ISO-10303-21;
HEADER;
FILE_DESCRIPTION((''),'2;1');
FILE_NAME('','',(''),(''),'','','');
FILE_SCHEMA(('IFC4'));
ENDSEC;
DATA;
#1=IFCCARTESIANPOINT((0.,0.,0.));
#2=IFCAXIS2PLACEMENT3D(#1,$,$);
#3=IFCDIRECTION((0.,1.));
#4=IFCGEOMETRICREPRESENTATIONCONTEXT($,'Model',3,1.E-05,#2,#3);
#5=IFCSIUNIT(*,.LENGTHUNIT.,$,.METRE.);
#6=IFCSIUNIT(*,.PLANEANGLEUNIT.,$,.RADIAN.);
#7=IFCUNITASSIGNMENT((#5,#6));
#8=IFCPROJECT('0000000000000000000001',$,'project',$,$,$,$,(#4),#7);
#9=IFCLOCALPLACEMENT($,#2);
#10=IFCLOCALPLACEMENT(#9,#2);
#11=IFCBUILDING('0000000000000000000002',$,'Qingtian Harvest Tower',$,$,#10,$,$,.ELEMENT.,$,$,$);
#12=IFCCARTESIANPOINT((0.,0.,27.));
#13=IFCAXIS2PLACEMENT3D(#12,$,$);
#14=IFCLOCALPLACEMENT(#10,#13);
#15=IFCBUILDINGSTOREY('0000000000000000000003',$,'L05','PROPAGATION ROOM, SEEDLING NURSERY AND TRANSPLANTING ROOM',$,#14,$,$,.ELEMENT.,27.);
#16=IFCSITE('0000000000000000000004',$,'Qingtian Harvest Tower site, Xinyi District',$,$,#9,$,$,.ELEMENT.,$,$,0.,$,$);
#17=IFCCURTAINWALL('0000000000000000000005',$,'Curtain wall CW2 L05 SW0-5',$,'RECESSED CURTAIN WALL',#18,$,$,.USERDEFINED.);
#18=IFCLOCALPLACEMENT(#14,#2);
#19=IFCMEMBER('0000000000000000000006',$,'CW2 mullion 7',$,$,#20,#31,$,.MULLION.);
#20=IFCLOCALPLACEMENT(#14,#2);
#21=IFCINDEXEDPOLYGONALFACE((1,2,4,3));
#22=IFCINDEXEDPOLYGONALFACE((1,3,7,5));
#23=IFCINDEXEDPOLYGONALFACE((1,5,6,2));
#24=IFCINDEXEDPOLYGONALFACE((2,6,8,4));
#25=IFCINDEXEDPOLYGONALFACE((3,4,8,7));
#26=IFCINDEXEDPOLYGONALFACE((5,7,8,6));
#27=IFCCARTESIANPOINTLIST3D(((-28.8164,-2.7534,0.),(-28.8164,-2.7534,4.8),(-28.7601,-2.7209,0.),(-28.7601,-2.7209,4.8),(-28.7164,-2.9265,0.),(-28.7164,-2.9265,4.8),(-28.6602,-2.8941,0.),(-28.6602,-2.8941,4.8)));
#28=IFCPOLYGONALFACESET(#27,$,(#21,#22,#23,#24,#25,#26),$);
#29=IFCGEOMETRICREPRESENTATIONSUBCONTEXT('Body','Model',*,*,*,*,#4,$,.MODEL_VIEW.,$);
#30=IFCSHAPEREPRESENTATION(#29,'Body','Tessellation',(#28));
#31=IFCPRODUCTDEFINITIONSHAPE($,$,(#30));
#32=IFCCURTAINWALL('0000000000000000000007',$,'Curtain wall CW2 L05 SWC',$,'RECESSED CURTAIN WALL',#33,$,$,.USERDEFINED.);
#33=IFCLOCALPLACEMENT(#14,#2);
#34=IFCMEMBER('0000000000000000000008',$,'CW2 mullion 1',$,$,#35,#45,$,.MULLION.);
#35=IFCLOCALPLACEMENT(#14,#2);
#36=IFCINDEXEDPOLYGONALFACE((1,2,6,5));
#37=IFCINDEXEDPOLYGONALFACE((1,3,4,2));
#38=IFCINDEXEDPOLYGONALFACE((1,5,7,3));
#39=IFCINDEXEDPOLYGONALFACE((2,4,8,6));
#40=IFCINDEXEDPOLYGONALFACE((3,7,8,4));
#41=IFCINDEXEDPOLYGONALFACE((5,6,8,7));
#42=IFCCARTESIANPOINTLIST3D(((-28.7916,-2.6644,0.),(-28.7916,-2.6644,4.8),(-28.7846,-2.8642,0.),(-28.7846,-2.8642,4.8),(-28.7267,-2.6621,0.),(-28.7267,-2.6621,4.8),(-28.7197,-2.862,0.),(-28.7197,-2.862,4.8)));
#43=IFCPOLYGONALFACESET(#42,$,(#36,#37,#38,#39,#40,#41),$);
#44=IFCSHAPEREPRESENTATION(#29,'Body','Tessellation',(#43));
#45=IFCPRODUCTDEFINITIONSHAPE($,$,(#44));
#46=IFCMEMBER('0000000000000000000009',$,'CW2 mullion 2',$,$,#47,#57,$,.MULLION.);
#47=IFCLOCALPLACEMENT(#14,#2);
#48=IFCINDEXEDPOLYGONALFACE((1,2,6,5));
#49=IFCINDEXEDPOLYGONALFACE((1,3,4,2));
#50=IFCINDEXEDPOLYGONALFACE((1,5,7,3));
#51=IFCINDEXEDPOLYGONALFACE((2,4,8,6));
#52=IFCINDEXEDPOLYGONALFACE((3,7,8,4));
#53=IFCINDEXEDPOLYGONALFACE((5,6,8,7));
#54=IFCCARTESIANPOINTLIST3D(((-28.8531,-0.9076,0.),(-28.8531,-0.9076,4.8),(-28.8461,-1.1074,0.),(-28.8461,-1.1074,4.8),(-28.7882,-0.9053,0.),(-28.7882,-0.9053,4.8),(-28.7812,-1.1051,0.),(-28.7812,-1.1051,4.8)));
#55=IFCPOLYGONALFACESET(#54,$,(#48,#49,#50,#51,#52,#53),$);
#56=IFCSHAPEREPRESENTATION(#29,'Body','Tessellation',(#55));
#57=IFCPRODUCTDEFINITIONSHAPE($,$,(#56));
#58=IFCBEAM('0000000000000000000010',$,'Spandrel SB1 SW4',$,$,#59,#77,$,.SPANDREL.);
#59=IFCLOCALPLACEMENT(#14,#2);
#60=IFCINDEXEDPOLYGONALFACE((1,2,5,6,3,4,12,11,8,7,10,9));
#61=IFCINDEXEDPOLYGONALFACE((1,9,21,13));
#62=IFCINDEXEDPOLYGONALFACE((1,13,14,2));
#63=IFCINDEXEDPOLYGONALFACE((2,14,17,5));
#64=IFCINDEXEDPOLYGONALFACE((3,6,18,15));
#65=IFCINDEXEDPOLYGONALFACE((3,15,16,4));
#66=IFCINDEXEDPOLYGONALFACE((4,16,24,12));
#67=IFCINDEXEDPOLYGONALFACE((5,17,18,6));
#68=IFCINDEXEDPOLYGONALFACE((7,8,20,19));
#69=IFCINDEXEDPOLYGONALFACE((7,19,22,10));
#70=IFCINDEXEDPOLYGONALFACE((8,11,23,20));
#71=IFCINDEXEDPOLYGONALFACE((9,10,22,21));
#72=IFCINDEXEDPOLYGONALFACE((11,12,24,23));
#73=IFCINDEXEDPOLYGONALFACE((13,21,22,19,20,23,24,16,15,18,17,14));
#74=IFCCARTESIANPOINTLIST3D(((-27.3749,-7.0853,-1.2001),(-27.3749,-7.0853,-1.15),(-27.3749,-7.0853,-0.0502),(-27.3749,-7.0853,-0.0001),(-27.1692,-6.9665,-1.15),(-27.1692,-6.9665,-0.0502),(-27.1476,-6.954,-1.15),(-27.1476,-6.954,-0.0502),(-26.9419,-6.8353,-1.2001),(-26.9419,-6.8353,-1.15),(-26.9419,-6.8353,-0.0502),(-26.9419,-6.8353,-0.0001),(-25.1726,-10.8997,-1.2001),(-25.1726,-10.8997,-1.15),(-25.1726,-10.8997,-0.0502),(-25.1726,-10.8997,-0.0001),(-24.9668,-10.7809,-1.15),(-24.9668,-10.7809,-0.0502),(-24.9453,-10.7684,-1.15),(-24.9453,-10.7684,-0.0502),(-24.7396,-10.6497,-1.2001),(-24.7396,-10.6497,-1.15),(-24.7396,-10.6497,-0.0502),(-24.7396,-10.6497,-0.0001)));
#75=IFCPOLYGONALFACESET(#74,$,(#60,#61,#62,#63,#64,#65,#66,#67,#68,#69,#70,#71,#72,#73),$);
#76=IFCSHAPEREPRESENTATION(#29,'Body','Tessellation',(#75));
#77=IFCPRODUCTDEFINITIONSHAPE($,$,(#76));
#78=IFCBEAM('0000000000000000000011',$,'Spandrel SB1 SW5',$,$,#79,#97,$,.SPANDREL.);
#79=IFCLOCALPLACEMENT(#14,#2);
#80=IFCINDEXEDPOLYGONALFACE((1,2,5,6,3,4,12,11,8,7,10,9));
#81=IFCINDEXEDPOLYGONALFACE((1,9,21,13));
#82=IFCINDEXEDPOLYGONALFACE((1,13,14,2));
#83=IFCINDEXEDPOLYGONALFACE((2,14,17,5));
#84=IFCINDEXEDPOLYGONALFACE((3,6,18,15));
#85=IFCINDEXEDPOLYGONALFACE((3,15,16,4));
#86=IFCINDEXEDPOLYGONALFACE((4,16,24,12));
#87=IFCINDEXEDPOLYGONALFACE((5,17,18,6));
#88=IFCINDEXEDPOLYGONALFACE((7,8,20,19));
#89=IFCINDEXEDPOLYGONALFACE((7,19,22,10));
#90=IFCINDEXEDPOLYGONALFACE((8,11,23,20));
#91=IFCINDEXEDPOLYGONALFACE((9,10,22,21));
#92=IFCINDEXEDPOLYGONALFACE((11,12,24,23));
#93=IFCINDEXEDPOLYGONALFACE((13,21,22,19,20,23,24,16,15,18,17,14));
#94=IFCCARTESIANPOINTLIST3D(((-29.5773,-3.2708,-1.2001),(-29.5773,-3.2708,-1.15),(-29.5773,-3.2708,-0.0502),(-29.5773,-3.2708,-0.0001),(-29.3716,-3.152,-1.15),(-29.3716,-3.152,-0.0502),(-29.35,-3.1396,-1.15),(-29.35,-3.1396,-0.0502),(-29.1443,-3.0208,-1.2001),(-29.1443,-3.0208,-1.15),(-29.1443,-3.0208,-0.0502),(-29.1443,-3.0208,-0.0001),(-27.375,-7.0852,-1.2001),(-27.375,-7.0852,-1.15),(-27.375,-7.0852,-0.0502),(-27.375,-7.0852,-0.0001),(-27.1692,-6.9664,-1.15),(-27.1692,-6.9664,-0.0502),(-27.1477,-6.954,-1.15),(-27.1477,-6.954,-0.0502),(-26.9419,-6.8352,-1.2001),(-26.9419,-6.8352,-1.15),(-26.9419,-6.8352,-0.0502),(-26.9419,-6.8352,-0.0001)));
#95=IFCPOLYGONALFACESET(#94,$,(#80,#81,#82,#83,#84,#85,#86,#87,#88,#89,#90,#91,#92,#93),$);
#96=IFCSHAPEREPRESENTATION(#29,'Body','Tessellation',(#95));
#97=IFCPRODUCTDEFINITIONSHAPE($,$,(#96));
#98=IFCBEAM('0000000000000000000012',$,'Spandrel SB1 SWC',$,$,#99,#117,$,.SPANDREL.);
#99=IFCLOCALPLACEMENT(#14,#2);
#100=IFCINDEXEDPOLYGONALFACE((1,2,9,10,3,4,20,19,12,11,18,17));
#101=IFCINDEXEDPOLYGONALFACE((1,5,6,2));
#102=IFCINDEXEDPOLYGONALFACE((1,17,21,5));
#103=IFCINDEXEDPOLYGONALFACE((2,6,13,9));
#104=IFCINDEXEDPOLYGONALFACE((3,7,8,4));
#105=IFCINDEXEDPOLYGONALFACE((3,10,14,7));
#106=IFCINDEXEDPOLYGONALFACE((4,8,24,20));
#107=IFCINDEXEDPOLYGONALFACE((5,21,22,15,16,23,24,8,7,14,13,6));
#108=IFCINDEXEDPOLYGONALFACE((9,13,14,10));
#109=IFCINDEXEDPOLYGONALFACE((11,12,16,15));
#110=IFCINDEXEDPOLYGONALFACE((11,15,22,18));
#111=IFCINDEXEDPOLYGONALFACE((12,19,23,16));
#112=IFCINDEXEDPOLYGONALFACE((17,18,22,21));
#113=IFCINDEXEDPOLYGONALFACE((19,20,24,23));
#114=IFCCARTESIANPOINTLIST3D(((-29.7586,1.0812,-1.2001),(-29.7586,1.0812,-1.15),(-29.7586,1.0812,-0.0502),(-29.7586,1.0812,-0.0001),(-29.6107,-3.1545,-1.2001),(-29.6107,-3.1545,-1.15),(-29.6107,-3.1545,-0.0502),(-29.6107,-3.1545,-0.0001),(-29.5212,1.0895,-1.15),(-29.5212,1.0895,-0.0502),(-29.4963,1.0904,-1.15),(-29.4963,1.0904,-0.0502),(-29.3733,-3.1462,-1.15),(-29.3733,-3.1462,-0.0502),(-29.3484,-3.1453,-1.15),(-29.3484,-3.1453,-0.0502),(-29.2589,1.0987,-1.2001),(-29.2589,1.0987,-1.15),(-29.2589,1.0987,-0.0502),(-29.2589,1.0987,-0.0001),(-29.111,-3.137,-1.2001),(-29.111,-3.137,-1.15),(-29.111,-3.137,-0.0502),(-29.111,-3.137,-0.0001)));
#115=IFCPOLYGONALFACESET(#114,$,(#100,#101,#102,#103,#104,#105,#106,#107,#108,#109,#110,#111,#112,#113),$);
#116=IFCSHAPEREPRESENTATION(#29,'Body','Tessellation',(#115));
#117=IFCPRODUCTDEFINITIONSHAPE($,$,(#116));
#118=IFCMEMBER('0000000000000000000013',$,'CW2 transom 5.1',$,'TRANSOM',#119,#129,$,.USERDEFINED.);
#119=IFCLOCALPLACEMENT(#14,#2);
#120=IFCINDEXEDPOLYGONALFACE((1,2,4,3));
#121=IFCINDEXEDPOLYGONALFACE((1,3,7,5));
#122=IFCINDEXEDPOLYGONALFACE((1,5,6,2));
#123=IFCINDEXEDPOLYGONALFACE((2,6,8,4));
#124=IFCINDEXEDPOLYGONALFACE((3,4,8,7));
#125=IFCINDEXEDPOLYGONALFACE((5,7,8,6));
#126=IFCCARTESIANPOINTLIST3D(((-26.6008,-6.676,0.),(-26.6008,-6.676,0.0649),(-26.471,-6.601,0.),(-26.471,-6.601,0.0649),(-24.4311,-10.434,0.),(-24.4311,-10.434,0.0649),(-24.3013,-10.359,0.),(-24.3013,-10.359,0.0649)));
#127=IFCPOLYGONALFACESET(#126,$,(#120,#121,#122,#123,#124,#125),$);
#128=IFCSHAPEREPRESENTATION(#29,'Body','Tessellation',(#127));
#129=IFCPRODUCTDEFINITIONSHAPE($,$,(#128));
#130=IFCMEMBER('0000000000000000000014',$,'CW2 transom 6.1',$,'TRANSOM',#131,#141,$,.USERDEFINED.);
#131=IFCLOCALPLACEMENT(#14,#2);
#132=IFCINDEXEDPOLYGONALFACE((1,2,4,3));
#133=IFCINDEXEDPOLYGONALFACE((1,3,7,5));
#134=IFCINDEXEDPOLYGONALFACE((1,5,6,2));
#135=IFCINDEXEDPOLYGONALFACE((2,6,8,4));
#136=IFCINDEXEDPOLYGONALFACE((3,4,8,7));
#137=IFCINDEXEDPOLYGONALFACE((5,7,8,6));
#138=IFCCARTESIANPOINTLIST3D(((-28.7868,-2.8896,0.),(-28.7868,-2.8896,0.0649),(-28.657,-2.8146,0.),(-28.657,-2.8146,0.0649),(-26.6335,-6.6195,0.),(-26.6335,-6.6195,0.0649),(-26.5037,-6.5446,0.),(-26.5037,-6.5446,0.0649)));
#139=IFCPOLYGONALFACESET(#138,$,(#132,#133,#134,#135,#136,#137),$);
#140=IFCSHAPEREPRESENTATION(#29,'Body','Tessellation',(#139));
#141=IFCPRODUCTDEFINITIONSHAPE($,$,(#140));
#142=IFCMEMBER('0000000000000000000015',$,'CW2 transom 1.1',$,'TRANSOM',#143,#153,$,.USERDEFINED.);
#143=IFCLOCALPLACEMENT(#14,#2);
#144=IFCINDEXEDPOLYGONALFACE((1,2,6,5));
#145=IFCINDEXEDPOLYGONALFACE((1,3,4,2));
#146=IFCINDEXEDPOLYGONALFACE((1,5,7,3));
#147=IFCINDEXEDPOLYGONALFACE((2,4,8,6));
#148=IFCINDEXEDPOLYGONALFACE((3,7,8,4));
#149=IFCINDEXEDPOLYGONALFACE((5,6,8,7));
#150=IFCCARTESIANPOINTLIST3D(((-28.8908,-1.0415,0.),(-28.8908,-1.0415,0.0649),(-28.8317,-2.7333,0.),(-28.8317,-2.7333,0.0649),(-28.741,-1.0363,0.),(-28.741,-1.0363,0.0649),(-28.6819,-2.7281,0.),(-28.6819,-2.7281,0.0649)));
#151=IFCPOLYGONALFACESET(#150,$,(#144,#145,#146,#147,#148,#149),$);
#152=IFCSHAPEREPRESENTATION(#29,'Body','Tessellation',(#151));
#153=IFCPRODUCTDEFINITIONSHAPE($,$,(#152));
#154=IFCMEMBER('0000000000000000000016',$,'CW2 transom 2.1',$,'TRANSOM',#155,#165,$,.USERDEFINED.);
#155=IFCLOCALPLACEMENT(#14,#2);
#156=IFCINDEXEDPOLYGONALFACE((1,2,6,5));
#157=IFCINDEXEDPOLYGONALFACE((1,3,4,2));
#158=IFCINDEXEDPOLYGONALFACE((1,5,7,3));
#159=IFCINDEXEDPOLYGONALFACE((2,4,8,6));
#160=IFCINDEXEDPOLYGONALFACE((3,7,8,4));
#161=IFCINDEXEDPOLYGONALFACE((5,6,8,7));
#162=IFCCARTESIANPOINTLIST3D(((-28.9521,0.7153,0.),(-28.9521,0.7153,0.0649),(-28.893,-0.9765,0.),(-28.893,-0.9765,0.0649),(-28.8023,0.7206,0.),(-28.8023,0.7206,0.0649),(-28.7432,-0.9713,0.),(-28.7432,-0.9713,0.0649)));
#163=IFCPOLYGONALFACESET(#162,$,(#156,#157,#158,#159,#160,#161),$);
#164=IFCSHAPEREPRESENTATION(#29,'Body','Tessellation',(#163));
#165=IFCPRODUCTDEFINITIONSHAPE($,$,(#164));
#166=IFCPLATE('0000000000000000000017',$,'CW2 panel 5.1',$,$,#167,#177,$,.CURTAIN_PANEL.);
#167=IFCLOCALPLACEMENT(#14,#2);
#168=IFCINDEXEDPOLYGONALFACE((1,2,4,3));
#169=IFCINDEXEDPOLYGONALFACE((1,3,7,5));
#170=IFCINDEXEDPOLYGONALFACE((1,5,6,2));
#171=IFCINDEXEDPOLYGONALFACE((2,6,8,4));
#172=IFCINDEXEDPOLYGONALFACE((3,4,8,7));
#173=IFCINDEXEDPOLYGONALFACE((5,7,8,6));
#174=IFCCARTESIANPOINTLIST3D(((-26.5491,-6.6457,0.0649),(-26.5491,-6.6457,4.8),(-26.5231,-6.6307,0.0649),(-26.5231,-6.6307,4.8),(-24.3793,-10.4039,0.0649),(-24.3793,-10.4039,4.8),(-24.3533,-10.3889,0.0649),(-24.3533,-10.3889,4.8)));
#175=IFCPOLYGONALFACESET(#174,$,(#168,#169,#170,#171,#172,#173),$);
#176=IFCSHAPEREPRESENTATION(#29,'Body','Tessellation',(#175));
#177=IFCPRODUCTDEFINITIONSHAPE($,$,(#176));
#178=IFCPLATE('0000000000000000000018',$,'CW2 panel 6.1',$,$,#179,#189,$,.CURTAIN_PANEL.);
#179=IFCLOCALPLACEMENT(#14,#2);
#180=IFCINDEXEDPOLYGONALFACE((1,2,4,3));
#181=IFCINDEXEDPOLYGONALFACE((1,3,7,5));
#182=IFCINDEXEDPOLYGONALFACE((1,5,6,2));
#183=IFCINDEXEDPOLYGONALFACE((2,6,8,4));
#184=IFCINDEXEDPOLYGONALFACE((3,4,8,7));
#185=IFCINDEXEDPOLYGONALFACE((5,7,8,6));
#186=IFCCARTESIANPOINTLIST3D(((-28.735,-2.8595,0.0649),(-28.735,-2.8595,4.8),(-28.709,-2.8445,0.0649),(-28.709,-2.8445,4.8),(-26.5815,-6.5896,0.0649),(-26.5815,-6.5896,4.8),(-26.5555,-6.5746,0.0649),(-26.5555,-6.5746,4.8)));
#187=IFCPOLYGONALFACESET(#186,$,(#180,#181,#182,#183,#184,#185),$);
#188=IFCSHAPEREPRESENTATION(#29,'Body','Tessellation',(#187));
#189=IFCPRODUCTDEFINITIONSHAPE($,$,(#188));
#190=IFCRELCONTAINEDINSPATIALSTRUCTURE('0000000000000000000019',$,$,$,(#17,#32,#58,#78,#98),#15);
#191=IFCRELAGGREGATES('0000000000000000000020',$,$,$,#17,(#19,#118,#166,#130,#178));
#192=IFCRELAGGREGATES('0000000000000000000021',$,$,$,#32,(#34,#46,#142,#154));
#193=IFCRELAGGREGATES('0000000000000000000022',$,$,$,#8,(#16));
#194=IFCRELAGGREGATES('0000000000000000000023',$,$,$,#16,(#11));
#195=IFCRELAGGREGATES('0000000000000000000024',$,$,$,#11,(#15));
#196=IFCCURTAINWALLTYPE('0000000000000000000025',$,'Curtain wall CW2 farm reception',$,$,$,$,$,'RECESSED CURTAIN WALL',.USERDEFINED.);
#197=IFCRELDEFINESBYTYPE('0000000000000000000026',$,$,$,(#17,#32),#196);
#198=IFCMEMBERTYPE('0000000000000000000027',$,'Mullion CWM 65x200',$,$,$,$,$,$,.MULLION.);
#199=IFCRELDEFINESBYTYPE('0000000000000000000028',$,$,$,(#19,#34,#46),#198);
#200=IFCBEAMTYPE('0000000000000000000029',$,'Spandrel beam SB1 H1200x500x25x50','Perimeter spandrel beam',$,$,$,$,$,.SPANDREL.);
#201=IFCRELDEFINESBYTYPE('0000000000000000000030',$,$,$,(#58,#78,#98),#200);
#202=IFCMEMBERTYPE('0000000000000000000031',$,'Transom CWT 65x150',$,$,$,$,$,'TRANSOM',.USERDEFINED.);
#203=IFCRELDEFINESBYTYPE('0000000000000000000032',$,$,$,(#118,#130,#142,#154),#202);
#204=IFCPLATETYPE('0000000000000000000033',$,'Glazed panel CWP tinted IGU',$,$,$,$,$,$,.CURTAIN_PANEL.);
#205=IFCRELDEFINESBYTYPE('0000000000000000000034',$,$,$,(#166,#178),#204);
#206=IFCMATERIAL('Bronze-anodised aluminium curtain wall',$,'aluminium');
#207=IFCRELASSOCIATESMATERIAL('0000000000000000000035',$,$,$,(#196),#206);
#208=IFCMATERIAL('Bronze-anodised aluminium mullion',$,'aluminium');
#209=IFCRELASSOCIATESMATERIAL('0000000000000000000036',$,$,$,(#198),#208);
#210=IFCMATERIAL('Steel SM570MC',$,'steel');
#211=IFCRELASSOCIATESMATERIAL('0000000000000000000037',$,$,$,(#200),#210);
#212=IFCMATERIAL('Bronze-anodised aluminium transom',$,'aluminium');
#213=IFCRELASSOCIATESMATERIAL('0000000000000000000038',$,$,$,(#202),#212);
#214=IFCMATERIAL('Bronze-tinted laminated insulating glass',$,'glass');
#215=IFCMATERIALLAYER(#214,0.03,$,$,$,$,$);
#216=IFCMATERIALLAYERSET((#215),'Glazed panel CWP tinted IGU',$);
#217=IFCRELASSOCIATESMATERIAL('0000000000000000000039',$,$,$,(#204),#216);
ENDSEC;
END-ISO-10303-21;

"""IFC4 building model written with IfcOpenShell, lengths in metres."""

from ifc_helpers import new_model, si_unit, direction, frame, origin, origin_2d, place, context, subcontext, project, spatial, rectangle, i_section, extrude, material, layer, layer_set, material_profile, profile_set, type_object, element, aggregate, save


model = new_model("IFC4")

# Units and contexts
model_context = context("Model", 3, precision=1e-05, world=origin(), true_north=direction((0.0, 1.0)))
body_context = subcontext(model_context, "Body", "Model", "MODEL_VIEW")
ifc_project = project(units=[si_unit("LENGTHUNIT", "METRE"), si_unit("PLANEANGLEUNIT", "RADIAN")], contexts=[model_context])

# Site, building, storey
site_placement = place(None, origin())
site = spatial("IfcSite", under=ifc_project, at=site_placement, Name="Qingtian Harvest Tower site, Xinyi District", CompositionType="ELEMENT", RefElevation=0.0)
building_placement = place(site_placement, origin())
building = spatial("IfcBuilding", under=site, at=building_placement, Name="Qingtian Harvest Tower", CompositionType="ELEMENT")
storey_placement = place(building_placement, frame((0.0, 0.0, 27.0)))
storey = spatial("IfcBuildingStorey", under=building, at=storey_placement, Name="L05", Description="PROPAGATION ROOM, SEEDLING NURSERY AND TRANSPLANTING ROOM", CompositionType="ELEMENT", Elevation=27.0)

# Curtain walls, members
ifc_material_1 = material(Name="Bronze-anodised aluminium curtain wall", Category="aluminium")
curtain_wall_type = type_object("IfcCurtainWallType", Name="Curtain wall CW2 farm reception", ElementType="RECESSED CURTAIN WALL", PredefinedType="USERDEFINED", material=ifc_material_1)
curtain_wall_1_placement = place(storey_placement, origin())
curtain_wall_1 = element("IfcCurtainWall", 1, at=curtain_wall_1_placement, inside=storey, type_object=curtain_wall_type, Name="Curtain wall CW2 L05 SW0-5", ObjectType="RECESSED CURTAIN WALL", PredefinedType="USERDEFINED")
ifc_material_2 = material(Name="Bronze-anodised aluminium mullion", Category="aluminium")
ifc_material_profile_1 = material_profile(ifc_material_2, rectangle(XDim=0.0649, YDim=0.2, at=origin_2d()), Name="AL 65x200")
ifc_profile_set_1 = profile_set([ifc_material_profile_1], Name="Bronze-anodised aluminium mullion")
member_type_1 = type_object("IfcMemberType", Name="Mullion CWM 65x200", PredefinedType="MULLION", material=ifc_profile_set_1)
member_1_placement = place(storey_placement, frame((-28.7383, -2.8237, 0.0), z_axis=(0.0, 0.0, 1.0), x_axis=(-0.866025, -0.5, 0.0)))
member_1 = element("IfcMember", 2, at=member_1_placement, type_object=member_type_1, Name="CW2 mullion 7", PredefinedType="MULLION", context=body_context, shape_type="SweptSolid", body=[
    extrude(rectangle(XDim=0.0649, YDim=0.2, at=origin_2d()), origin(), (0.0, 0.0, 1.0), 4.8),
])
curtain_wall_2_placement = place(storey_placement, origin())
curtain_wall_2 = element("IfcCurtainWall", 3, at=curtain_wall_2_placement, inside=storey, type_object=curtain_wall_type, Name="Curtain wall CW2 L05 SWC", ObjectType="RECESSED CURTAIN WALL", PredefinedType="USERDEFINED")
member_2_placement = place(storey_placement, frame((-28.7556, -2.7632, 0.0), z_axis=(0.0, 0.0, 1.0), x_axis=(-0.999391, -0.034899, 0.0)))
member_2 = element("IfcMember", 4, at=member_2_placement, type_object=member_type_1, Name="CW2 mullion 1", PredefinedType="MULLION", context=body_context, shape_type="SweptSolid", body=[
    extrude(rectangle(XDim=0.0649, YDim=0.2, at=origin_2d()), origin(), (0.0, 0.0, 1.0), 4.8),
])
member_3_placement = place(storey_placement, frame((-28.8171, -1.0063, 0.0), z_axis=(0.0, 0.0, 1.0), x_axis=(-0.999391, -0.034899, 0.0)))
member_3 = element("IfcMember", 5, at=member_3_placement, type_object=member_type_1, Name="CW2 mullion 2", PredefinedType="MULLION", context=body_context, shape_type="SweptSolid", body=[
    extrude(rectangle(XDim=0.0649, YDim=0.2, at=origin_2d()), origin(), (0.0, 0.0, 1.0), 4.8),
])

# Beams
ifc_material_3 = material(Name="Steel SM570MC", Category="steel")
ifc_material_profile_2 = material_profile(ifc_material_3, i_section(OverallWidth=0.5, OverallDepth=1.2, WebThickness=0.0249, FlangeThickness=0.05, at=origin_2d()), Name="H1200x500x25x50")
ifc_profile_set_2 = profile_set([ifc_material_profile_2], Name="Steel SM570MC")
beam_type_1 = type_object("IfcBeamType", Name="Spandrel beam SB1 H1200x500x25x50", Description="Perimeter spandrel beam", PredefinedType="SPANDREL", material=ifc_profile_set_2)
for number, where, z_axis, x_axis, name in (
    (6, (-24.9561, -10.7747, -0.6001), (-0.50002, 0.866014, 0.0), (-0.866014, -0.50002, 0.0), "Spandrel SB1 SW4"),
    (7, (-27.1584, -6.9602, -0.6001), (-0.50002, 0.866014, 0.0), (-0.866014, -0.50002, 0.0), "Spandrel SB1 SW5"),
):
    element("IfcBeam", number, at=place(storey_placement, frame(where, z_axis=z_axis, x_axis=x_axis)), inside=storey, type_object=beam_type_1, Name=name, PredefinedType="SPANDREL", context=body_context, shape_type="SweptSolid", body=[
        extrude(i_section(OverallWidth=0.5, OverallDepth=1.2, WebThickness=0.0249, FlangeThickness=0.05, at=origin_2d()), origin(), (0.0, 0.0, 1.0), 4.4045),
    ])
beam_1_placement = place(storey_placement, frame((-29.3608, -3.1458, -0.6001), z_axis=(-0.034909, 0.999391, 0.0), x_axis=(-0.999391, -0.034909, 0.0)))
element("IfcBeam", 8, at=beam_1_placement, inside=storey, type_object=beam_type_1, Name="Spandrel SB1 SWC", PredefinedType="SPANDREL", context=body_context, shape_type="SweptSolid", body=[
    extrude(i_section(OverallWidth=0.5, OverallDepth=1.2, WebThickness=0.0249, FlangeThickness=0.05, at=origin_2d()), origin(), (0.0, 0.0, 1.0), 4.2383),
])

# Members
ifc_material_4 = material(Name="Bronze-anodised aluminium transom", Category="aluminium")
ifc_material_profile_3 = material_profile(ifc_material_4, rectangle(XDim=0.1499, YDim=0.0649, at=origin_2d()), Name="AL 65x150")
ifc_profile_set_3 = profile_set([ifc_material_profile_3], Name="Bronze-anodised aluminium transom")
member_type_2 = type_object("IfcMemberType", Name="Transom CWT 65x150", ElementType="TRANSOM", PredefinedType="USERDEFINED", material=ifc_profile_set_3)
member_4_placement = place(storey_placement, frame((-24.3662, -10.3965, 0.0325), z_axis=(-0.499994, 0.866029, 0.0), x_axis=(-0.866029, -0.499994, 0.0)))
member_4 = element("IfcMember", 9, at=member_4_placement, type_object=member_type_2, Name="CW2 transom 5.1", ObjectType="TRANSOM", PredefinedType="USERDEFINED", context=body_context, shape_type="SweptSolid", body=[
    extrude(rectangle(XDim=0.1499, YDim=0.0649, at=origin_2d()), origin(), (0.0, 0.0, 1.0), 4.3394),
])
member_5_placement = place(storey_placement, frame((-26.5686, -6.582, 0.0325), z_axis=(-0.499968, 0.866044, 0.0), x_axis=(-0.866044, -0.499968, 0.0)))
member_5 = element("IfcMember", 10, at=member_5_placement, type_object=member_type_2, Name="CW2 transom 6.1", ObjectType="TRANSOM", PredefinedType="USERDEFINED", context=body_context, shape_type="SweptSolid", body=[
    extrude(rectangle(XDim=0.1499, YDim=0.0649, at=origin_2d()), origin(), (0.0, 0.0, 1.0), 4.3069),
])
member_6_placement = place(storey_placement, frame((-28.7568, -2.7307, 0.0325), z_axis=(-0.034899, 0.999391, 0.0), x_axis=(-0.999391, -0.034899, 0.0)))
member_6 = element("IfcMember", 11, at=member_6_placement, type_object=member_type_2, Name="CW2 transom 1.1", ObjectType="TRANSOM", PredefinedType="USERDEFINED", context=body_context, shape_type="SweptSolid", body=[
    extrude(rectangle(XDim=0.1499, YDim=0.0649, at=origin_2d()), origin(), (0.0, 0.0, 1.0), 1.6929),
])
member_7_placement = place(storey_placement, frame((-28.8181, -0.9739, 0.0325), z_axis=(-0.034899, 0.999391, 0.0), x_axis=(-0.999391, -0.034899, 0.0)))
member_7 = element("IfcMember", 12, at=member_7_placement, type_object=member_type_2, Name="CW2 transom 2.1", ObjectType="TRANSOM", PredefinedType="USERDEFINED", context=body_context, shape_type="SweptSolid", body=[
    extrude(rectangle(XDim=0.1499, YDim=0.0649, at=origin_2d()), origin(), (0.0, 0.0, 1.0), 1.6929),
])

# Plates
ifc_material_5 = material(Name="Bronze-tinted laminated insulating glass", Category="glass")
ifc_layer_1 = layer(ifc_material_5, 0.03)
ifc_layer_set_1 = layer_set([ifc_layer_1], Name="Glazed panel CWP tinted IGU")
plate_type = type_object("IfcPlateType", Name="Glazed panel CWP tinted IGU", PredefinedType="CURTAIN_PANEL", material=ifc_layer_set_1)
plate_1_placement = place(storey_placement, frame((-25.4512, -8.5173, 0.0649), z_axis=(0.0, 0.0, 1.0), x_axis=(-0.5, 0.866025, 0.0)))
plate_1 = element("IfcPlate", 13, at=plate_1_placement, type_object=plate_type, Name="CW2 panel 5.1", PredefinedType="CURTAIN_PANEL", context=body_context, shape_type="SweptSolid", body=[
    extrude(rectangle(XDim=4.3396, YDim=0.03, at=origin_2d()), origin(), (0.0, 0.0, 1.0), 4.7351),
])
plate_2_placement = place(storey_placement, frame((-27.6453, -4.717, 0.0649), z_axis=(0.0, 0.0, 1.0), x_axis=(-0.5, 0.866025, 0.0)))
plate_2 = element("IfcPlate", 14, at=plate_2_placement, type_object=plate_type, Name="CW2 panel 6.1", PredefinedType="CURTAIN_PANEL", context=body_context, shape_type="SweptSolid", body=[
    extrude(rectangle(XDim=4.3071, YDim=0.03, at=origin_2d()), origin(), (0.0, 0.0, 1.0), 4.7351),
])
aggregate(curtain_wall_1, [member_1, member_4, plate_1, member_5, plate_2])
aggregate(curtain_wall_2, [member_2, member_3, member_6, member_7])

save(model, "model.ifc")
